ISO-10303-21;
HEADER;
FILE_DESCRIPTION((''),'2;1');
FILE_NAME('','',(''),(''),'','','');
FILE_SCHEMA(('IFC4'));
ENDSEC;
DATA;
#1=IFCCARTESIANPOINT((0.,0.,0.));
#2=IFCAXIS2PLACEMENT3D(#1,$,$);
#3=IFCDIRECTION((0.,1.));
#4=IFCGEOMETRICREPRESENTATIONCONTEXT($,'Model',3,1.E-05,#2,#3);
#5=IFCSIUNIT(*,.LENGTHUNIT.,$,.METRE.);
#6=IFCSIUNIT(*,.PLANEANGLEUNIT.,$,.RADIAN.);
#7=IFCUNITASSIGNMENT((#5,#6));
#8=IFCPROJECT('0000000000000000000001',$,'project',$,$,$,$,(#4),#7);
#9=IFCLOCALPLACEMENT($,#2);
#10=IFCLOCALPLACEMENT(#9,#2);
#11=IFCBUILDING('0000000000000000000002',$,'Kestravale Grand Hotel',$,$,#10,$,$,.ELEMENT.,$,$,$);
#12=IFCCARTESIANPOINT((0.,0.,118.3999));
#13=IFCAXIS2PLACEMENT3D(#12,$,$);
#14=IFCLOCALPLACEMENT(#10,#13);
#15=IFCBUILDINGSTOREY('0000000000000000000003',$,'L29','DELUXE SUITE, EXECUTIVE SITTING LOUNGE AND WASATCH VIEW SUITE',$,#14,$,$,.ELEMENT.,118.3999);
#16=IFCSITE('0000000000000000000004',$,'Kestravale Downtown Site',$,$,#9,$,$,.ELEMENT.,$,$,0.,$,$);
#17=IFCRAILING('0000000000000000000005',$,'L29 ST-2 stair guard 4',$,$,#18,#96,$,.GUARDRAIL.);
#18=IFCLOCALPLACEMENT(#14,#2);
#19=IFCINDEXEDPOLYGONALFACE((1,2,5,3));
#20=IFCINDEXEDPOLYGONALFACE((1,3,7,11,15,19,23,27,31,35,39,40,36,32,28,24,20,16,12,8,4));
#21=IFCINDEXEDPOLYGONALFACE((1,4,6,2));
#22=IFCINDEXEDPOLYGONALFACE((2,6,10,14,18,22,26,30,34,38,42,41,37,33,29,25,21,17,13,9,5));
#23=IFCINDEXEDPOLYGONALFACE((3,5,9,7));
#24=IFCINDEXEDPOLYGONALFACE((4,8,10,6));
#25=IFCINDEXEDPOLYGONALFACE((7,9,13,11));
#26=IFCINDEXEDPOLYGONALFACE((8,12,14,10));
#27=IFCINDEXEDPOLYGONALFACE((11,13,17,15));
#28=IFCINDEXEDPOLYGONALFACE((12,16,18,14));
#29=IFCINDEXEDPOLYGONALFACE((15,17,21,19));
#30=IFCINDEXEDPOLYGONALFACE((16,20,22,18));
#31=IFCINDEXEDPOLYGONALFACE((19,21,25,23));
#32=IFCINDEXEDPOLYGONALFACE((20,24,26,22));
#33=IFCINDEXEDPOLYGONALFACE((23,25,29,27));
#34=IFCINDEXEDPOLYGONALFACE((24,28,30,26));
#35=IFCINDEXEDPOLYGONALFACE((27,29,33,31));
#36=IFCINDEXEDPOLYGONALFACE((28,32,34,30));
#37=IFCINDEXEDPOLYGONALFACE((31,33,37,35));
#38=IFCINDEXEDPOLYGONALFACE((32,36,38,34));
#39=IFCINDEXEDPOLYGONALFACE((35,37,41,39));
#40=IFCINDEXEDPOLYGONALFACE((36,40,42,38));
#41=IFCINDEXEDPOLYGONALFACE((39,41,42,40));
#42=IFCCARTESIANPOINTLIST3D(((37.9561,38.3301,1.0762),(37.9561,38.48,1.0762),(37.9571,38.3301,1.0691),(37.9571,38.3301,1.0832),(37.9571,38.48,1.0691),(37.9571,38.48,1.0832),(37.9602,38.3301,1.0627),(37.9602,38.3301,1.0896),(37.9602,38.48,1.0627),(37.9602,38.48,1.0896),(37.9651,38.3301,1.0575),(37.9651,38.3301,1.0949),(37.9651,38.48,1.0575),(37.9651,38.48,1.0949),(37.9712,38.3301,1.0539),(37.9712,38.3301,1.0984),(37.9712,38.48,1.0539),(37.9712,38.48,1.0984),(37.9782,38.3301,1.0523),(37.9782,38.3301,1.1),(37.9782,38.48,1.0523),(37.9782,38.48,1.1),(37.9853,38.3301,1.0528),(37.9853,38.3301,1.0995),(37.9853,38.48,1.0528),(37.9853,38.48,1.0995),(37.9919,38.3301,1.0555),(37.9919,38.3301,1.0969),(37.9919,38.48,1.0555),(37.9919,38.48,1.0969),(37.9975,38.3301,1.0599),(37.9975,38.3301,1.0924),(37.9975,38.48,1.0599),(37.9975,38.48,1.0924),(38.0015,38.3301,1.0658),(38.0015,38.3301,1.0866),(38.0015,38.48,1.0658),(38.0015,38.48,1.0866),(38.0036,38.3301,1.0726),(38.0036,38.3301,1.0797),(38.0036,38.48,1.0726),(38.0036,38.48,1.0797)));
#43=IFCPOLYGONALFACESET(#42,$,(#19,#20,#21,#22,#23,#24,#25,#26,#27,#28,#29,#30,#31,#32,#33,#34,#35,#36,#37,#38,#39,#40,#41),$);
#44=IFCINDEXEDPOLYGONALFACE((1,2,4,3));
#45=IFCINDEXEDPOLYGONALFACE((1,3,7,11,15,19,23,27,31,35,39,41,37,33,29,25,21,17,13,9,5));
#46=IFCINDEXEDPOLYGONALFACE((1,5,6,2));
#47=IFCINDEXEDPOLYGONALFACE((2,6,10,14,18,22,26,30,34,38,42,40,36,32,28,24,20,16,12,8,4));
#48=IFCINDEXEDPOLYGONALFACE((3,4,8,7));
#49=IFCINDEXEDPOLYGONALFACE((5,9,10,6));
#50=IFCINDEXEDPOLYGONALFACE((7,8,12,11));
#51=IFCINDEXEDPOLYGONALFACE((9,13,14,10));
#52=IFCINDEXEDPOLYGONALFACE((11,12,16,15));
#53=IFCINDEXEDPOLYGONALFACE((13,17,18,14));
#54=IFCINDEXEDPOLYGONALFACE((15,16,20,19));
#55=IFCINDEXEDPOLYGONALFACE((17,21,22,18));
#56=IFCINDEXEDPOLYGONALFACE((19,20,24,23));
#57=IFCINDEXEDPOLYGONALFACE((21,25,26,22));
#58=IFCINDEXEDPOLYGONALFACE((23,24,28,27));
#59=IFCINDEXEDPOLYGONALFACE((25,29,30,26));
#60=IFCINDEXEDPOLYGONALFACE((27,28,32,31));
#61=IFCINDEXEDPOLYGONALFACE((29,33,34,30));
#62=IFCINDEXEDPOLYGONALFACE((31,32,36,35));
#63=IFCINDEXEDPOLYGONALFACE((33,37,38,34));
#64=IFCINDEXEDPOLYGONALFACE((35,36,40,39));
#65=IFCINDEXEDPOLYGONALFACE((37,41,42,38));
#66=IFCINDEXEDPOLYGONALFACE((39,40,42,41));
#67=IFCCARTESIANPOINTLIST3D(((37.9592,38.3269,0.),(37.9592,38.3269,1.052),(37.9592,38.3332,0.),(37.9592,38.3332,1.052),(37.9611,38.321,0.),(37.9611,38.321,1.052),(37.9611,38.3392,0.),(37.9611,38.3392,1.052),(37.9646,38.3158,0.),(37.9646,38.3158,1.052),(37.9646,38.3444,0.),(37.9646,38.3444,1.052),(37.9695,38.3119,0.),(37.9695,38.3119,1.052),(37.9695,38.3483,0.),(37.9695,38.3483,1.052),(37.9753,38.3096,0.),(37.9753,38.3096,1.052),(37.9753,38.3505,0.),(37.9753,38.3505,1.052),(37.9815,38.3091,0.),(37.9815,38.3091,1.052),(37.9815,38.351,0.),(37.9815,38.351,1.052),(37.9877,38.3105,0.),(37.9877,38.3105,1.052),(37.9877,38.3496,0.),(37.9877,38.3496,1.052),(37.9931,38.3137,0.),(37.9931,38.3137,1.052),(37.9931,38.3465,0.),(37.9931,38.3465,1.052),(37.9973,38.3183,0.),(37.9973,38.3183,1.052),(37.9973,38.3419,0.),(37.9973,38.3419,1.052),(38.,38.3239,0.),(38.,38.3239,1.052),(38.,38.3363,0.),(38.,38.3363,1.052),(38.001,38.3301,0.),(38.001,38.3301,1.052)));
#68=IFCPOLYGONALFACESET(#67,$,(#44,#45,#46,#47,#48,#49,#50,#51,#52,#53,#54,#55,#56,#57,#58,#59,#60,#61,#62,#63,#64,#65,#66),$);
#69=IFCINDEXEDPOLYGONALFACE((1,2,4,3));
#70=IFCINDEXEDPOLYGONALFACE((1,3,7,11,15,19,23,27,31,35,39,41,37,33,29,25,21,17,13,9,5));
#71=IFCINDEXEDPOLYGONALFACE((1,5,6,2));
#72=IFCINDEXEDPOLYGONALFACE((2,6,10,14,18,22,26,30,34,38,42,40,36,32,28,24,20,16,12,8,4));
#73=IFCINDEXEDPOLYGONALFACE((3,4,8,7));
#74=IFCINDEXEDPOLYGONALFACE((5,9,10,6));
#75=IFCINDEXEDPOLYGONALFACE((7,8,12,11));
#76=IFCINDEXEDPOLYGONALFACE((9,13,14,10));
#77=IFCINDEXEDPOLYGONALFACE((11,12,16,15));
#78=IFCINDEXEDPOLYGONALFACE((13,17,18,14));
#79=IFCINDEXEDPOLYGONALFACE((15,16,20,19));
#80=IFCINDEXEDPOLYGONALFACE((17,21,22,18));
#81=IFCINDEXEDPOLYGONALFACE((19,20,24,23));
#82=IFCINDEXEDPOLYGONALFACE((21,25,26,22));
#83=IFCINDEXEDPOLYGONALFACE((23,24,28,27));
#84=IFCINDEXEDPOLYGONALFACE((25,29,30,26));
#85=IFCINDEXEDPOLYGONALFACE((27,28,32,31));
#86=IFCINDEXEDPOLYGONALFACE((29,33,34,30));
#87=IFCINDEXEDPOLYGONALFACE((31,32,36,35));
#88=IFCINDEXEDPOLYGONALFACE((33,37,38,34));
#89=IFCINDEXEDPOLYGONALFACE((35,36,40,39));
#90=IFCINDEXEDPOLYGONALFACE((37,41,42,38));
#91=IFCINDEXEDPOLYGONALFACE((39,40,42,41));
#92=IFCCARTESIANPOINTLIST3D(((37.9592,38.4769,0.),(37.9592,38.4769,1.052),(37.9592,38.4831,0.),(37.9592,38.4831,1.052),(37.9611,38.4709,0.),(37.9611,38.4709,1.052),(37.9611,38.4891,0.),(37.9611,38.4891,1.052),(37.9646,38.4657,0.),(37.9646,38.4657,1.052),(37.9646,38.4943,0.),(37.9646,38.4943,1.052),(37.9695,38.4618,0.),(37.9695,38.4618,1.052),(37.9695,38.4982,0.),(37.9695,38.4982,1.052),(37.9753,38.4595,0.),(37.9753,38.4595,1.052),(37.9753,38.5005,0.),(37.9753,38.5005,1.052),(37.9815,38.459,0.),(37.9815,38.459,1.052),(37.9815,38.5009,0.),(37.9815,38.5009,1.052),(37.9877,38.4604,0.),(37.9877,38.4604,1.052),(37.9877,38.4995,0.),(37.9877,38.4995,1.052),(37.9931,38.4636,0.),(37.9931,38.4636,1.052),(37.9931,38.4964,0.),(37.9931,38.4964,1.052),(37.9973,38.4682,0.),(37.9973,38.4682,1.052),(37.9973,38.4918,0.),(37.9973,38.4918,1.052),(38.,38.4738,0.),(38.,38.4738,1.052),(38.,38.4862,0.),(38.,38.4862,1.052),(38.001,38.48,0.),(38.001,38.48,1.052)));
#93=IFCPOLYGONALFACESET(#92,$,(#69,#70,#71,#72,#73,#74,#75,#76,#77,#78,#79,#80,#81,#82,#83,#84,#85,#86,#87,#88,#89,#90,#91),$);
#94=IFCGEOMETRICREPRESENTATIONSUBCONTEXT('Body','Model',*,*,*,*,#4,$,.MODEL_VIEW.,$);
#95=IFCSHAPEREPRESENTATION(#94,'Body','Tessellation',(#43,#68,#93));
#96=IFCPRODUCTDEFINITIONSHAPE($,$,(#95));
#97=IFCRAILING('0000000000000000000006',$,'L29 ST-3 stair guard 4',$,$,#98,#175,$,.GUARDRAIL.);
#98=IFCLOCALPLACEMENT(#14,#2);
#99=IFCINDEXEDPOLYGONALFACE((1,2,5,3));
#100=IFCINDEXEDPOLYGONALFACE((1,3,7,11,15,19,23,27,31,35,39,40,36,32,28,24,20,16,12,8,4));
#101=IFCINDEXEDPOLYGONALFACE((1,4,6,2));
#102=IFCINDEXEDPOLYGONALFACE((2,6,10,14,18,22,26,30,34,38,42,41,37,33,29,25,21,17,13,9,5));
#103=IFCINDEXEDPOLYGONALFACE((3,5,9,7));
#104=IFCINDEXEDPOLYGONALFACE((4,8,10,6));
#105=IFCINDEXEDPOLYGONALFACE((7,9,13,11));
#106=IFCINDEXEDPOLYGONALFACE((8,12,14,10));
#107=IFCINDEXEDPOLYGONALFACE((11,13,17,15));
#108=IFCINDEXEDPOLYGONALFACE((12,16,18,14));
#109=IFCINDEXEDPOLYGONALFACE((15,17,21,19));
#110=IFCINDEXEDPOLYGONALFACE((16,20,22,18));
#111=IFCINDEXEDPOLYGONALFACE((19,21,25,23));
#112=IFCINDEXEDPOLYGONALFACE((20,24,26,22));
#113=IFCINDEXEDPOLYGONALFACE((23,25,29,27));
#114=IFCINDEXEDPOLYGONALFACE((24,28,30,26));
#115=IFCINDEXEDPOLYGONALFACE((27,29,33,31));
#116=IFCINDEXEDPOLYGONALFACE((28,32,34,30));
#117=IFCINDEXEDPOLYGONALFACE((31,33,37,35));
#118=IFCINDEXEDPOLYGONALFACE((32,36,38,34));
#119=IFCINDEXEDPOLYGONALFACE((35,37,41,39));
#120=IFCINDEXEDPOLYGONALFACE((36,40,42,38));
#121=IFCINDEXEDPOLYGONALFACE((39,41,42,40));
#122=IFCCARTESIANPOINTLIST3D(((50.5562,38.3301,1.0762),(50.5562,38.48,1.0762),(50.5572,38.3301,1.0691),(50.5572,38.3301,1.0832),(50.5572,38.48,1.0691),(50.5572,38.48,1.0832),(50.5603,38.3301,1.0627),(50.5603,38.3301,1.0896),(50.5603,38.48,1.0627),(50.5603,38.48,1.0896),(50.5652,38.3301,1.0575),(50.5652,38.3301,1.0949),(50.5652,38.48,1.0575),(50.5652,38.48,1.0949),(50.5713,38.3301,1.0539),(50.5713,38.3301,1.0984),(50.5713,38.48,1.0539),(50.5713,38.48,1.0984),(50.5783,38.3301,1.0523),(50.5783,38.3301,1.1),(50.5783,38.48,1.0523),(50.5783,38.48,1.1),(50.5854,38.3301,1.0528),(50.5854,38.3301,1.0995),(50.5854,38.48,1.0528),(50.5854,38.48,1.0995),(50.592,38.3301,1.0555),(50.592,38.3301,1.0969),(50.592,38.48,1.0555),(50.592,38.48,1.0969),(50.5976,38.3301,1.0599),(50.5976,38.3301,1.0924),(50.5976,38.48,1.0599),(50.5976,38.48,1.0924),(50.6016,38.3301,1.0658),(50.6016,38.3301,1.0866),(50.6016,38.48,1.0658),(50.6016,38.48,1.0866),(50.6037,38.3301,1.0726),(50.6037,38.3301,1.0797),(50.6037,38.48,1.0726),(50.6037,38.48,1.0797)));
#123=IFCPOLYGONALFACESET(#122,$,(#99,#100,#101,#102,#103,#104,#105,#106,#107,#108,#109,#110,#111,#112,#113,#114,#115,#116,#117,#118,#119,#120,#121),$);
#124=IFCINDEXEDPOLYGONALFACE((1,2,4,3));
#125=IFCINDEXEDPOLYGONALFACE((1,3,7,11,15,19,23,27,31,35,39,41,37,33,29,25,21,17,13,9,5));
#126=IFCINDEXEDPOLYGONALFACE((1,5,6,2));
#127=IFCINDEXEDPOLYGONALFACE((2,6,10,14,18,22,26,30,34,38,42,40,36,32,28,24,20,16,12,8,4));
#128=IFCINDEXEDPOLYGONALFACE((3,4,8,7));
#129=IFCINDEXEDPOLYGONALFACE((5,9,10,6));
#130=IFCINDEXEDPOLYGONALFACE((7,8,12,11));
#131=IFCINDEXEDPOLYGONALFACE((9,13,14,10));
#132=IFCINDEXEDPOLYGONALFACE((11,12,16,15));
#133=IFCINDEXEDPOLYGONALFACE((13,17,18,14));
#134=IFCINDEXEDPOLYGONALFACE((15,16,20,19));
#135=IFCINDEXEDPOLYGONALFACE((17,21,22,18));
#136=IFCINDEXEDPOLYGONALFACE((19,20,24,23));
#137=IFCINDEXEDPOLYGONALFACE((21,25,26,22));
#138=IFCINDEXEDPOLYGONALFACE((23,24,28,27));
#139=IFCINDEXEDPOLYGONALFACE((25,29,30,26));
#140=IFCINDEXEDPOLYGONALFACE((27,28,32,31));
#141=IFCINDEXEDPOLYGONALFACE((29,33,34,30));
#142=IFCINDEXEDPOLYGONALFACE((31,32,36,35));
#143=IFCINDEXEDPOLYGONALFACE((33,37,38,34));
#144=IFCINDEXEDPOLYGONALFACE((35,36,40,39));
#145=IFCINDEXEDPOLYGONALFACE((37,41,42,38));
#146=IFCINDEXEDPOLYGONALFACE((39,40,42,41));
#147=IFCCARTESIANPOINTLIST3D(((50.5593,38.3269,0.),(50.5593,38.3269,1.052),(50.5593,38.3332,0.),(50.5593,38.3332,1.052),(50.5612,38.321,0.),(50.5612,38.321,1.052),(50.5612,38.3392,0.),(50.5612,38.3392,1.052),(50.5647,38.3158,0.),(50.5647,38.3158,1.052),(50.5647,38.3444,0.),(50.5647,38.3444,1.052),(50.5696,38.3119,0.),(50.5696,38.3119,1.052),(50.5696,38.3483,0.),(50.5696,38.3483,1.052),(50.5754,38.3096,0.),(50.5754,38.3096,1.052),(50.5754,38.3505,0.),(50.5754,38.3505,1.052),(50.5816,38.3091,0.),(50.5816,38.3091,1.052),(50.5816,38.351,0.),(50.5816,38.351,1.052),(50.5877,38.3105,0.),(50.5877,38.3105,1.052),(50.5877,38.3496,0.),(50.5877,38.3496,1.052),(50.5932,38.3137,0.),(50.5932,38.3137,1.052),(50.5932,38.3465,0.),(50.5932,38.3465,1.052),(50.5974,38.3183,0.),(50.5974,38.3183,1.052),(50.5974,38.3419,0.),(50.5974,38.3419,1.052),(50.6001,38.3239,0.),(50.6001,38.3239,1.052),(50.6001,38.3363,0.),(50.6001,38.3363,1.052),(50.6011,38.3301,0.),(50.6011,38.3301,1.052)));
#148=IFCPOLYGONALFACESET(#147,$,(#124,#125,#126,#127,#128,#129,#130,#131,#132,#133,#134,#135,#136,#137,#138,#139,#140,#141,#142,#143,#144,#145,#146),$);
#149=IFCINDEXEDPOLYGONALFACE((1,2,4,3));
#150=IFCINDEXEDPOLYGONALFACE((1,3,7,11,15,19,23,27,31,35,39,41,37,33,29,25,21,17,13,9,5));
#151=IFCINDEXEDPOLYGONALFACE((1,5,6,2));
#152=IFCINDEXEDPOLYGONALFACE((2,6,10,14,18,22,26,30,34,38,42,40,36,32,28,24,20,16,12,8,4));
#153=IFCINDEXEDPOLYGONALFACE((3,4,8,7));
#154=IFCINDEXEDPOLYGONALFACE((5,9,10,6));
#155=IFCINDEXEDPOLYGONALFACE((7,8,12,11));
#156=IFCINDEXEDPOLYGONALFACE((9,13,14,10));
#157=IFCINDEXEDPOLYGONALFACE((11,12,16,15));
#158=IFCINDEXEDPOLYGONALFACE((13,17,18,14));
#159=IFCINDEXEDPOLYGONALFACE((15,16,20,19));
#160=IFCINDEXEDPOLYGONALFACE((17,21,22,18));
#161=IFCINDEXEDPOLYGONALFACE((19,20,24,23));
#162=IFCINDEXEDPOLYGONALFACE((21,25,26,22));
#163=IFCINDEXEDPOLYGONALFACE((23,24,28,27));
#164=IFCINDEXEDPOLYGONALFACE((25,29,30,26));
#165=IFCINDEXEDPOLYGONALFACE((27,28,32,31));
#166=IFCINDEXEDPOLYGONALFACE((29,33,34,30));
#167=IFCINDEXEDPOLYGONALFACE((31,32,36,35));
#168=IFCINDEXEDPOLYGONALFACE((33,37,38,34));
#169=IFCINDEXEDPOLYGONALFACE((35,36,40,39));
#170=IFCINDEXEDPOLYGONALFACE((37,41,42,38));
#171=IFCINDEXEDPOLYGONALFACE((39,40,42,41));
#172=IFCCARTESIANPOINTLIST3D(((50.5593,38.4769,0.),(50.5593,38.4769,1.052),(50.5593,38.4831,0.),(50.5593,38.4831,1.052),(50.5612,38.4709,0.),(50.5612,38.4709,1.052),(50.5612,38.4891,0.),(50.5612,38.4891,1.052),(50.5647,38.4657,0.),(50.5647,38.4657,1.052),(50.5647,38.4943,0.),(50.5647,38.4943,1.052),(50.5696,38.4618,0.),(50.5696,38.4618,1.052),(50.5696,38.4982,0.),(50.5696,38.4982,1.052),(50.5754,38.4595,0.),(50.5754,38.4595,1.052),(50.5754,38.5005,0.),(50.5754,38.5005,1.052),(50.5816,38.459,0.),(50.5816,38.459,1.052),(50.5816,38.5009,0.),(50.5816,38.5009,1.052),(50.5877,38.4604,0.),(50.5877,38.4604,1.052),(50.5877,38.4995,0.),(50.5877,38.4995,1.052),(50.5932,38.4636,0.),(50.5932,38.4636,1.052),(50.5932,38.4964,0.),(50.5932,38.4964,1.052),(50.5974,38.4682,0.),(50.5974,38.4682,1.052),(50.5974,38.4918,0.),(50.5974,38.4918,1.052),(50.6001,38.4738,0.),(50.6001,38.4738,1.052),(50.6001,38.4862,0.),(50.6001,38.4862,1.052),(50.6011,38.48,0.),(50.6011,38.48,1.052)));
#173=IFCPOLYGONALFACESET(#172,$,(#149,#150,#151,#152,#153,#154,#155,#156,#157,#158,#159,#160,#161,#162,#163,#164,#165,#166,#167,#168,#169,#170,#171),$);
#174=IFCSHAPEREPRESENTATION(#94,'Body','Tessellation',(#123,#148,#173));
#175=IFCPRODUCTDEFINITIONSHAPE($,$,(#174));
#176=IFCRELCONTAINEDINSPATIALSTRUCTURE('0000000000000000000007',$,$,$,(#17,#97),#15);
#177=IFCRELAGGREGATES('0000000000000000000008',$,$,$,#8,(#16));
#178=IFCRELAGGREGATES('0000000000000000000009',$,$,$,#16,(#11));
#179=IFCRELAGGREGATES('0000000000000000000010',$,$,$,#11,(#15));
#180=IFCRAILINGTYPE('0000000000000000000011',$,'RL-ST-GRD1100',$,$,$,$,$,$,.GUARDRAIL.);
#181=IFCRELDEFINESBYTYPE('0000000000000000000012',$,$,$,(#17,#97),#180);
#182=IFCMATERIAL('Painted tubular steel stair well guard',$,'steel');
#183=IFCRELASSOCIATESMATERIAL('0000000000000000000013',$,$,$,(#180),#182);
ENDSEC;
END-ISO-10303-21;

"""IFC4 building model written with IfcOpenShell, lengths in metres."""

from ifc_helpers import new_model, si_unit, direction, frame, origin, origin_2d, place, context, subcontext, project, spatial, circle, extrude, material, type_object, element, save


model = new_model("IFC4")

# Units and contexts
model_context = context("Model", 3, precision=1e-05, world=origin(), true_north=direction((0.0, 1.0)))
body_context = subcontext(model_context, "Body", "Model", "MODEL_VIEW")
ifc_project = project(units=[si_unit("LENGTHUNIT", "METRE"), si_unit("PLANEANGLEUNIT", "RADIAN")], contexts=[model_context])

# Site, building, storey
site_placement = place(None, origin())
site = spatial("IfcSite", under=ifc_project, at=site_placement, Name="Kestravale Downtown Site", CompositionType="ELEMENT", RefElevation=0.0)
building_placement = place(site_placement, origin())
building = spatial("IfcBuilding", under=site, at=building_placement, Name="Kestravale Grand Hotel", CompositionType="ELEMENT")
storey_placement = place(building_placement, frame((0.0, 0.0, 118.3999)))
storey = spatial("IfcBuildingStorey", under=building, at=storey_placement, Name="L29", Description="DELUXE SUITE, EXECUTIVE SITTING LOUNGE AND WASATCH VIEW SUITE", CompositionType="ELEMENT", Elevation=118.3999)

# Railings
ifc_material_1 = material(Name="Painted tubular steel stair well guard", Category="steel")
railing_type_1 = type_object("IfcRailingType", Name="RL-ST-GRD1100", PredefinedType="GUARDRAIL", material=ifc_material_1)
for number, where, name in (
    (1, (37.98, 38.3301, 0.0), "L29 ST-2 stair guard 4"),
    (2, (50.5801, 38.3301, 0.0), "L29 ST-3 stair guard 4"),
):
    element("IfcRailing", number, at=place(storey_placement, frame(where)), inside=storey, type_object=railing_type_1, Name=name, PredefinedType="GUARDRAIL", context=body_context, shape_type="SweptSolid", body=[
        extrude(circle(Radius=0.0239, at=origin_2d()), frame((0.0, 0.0, 1.0762), z_axis=(0.0, 1.0, 0.0), x_axis=(-1.0, 0.0, 0.0)), (0.0, 0.0, 1.0), 0.1499),
        extrude(circle(Radius=0.021, at=origin_2d()), origin(), (0.0, 0.0, 1.0), 1.052),
        extrude(circle(Radius=0.021, at=origin_2d()), frame((0.0, 0.1499, 0.0)), (0.0, 0.0, 1.0), 1.052),
    ])

save(model, "model.ifc")
